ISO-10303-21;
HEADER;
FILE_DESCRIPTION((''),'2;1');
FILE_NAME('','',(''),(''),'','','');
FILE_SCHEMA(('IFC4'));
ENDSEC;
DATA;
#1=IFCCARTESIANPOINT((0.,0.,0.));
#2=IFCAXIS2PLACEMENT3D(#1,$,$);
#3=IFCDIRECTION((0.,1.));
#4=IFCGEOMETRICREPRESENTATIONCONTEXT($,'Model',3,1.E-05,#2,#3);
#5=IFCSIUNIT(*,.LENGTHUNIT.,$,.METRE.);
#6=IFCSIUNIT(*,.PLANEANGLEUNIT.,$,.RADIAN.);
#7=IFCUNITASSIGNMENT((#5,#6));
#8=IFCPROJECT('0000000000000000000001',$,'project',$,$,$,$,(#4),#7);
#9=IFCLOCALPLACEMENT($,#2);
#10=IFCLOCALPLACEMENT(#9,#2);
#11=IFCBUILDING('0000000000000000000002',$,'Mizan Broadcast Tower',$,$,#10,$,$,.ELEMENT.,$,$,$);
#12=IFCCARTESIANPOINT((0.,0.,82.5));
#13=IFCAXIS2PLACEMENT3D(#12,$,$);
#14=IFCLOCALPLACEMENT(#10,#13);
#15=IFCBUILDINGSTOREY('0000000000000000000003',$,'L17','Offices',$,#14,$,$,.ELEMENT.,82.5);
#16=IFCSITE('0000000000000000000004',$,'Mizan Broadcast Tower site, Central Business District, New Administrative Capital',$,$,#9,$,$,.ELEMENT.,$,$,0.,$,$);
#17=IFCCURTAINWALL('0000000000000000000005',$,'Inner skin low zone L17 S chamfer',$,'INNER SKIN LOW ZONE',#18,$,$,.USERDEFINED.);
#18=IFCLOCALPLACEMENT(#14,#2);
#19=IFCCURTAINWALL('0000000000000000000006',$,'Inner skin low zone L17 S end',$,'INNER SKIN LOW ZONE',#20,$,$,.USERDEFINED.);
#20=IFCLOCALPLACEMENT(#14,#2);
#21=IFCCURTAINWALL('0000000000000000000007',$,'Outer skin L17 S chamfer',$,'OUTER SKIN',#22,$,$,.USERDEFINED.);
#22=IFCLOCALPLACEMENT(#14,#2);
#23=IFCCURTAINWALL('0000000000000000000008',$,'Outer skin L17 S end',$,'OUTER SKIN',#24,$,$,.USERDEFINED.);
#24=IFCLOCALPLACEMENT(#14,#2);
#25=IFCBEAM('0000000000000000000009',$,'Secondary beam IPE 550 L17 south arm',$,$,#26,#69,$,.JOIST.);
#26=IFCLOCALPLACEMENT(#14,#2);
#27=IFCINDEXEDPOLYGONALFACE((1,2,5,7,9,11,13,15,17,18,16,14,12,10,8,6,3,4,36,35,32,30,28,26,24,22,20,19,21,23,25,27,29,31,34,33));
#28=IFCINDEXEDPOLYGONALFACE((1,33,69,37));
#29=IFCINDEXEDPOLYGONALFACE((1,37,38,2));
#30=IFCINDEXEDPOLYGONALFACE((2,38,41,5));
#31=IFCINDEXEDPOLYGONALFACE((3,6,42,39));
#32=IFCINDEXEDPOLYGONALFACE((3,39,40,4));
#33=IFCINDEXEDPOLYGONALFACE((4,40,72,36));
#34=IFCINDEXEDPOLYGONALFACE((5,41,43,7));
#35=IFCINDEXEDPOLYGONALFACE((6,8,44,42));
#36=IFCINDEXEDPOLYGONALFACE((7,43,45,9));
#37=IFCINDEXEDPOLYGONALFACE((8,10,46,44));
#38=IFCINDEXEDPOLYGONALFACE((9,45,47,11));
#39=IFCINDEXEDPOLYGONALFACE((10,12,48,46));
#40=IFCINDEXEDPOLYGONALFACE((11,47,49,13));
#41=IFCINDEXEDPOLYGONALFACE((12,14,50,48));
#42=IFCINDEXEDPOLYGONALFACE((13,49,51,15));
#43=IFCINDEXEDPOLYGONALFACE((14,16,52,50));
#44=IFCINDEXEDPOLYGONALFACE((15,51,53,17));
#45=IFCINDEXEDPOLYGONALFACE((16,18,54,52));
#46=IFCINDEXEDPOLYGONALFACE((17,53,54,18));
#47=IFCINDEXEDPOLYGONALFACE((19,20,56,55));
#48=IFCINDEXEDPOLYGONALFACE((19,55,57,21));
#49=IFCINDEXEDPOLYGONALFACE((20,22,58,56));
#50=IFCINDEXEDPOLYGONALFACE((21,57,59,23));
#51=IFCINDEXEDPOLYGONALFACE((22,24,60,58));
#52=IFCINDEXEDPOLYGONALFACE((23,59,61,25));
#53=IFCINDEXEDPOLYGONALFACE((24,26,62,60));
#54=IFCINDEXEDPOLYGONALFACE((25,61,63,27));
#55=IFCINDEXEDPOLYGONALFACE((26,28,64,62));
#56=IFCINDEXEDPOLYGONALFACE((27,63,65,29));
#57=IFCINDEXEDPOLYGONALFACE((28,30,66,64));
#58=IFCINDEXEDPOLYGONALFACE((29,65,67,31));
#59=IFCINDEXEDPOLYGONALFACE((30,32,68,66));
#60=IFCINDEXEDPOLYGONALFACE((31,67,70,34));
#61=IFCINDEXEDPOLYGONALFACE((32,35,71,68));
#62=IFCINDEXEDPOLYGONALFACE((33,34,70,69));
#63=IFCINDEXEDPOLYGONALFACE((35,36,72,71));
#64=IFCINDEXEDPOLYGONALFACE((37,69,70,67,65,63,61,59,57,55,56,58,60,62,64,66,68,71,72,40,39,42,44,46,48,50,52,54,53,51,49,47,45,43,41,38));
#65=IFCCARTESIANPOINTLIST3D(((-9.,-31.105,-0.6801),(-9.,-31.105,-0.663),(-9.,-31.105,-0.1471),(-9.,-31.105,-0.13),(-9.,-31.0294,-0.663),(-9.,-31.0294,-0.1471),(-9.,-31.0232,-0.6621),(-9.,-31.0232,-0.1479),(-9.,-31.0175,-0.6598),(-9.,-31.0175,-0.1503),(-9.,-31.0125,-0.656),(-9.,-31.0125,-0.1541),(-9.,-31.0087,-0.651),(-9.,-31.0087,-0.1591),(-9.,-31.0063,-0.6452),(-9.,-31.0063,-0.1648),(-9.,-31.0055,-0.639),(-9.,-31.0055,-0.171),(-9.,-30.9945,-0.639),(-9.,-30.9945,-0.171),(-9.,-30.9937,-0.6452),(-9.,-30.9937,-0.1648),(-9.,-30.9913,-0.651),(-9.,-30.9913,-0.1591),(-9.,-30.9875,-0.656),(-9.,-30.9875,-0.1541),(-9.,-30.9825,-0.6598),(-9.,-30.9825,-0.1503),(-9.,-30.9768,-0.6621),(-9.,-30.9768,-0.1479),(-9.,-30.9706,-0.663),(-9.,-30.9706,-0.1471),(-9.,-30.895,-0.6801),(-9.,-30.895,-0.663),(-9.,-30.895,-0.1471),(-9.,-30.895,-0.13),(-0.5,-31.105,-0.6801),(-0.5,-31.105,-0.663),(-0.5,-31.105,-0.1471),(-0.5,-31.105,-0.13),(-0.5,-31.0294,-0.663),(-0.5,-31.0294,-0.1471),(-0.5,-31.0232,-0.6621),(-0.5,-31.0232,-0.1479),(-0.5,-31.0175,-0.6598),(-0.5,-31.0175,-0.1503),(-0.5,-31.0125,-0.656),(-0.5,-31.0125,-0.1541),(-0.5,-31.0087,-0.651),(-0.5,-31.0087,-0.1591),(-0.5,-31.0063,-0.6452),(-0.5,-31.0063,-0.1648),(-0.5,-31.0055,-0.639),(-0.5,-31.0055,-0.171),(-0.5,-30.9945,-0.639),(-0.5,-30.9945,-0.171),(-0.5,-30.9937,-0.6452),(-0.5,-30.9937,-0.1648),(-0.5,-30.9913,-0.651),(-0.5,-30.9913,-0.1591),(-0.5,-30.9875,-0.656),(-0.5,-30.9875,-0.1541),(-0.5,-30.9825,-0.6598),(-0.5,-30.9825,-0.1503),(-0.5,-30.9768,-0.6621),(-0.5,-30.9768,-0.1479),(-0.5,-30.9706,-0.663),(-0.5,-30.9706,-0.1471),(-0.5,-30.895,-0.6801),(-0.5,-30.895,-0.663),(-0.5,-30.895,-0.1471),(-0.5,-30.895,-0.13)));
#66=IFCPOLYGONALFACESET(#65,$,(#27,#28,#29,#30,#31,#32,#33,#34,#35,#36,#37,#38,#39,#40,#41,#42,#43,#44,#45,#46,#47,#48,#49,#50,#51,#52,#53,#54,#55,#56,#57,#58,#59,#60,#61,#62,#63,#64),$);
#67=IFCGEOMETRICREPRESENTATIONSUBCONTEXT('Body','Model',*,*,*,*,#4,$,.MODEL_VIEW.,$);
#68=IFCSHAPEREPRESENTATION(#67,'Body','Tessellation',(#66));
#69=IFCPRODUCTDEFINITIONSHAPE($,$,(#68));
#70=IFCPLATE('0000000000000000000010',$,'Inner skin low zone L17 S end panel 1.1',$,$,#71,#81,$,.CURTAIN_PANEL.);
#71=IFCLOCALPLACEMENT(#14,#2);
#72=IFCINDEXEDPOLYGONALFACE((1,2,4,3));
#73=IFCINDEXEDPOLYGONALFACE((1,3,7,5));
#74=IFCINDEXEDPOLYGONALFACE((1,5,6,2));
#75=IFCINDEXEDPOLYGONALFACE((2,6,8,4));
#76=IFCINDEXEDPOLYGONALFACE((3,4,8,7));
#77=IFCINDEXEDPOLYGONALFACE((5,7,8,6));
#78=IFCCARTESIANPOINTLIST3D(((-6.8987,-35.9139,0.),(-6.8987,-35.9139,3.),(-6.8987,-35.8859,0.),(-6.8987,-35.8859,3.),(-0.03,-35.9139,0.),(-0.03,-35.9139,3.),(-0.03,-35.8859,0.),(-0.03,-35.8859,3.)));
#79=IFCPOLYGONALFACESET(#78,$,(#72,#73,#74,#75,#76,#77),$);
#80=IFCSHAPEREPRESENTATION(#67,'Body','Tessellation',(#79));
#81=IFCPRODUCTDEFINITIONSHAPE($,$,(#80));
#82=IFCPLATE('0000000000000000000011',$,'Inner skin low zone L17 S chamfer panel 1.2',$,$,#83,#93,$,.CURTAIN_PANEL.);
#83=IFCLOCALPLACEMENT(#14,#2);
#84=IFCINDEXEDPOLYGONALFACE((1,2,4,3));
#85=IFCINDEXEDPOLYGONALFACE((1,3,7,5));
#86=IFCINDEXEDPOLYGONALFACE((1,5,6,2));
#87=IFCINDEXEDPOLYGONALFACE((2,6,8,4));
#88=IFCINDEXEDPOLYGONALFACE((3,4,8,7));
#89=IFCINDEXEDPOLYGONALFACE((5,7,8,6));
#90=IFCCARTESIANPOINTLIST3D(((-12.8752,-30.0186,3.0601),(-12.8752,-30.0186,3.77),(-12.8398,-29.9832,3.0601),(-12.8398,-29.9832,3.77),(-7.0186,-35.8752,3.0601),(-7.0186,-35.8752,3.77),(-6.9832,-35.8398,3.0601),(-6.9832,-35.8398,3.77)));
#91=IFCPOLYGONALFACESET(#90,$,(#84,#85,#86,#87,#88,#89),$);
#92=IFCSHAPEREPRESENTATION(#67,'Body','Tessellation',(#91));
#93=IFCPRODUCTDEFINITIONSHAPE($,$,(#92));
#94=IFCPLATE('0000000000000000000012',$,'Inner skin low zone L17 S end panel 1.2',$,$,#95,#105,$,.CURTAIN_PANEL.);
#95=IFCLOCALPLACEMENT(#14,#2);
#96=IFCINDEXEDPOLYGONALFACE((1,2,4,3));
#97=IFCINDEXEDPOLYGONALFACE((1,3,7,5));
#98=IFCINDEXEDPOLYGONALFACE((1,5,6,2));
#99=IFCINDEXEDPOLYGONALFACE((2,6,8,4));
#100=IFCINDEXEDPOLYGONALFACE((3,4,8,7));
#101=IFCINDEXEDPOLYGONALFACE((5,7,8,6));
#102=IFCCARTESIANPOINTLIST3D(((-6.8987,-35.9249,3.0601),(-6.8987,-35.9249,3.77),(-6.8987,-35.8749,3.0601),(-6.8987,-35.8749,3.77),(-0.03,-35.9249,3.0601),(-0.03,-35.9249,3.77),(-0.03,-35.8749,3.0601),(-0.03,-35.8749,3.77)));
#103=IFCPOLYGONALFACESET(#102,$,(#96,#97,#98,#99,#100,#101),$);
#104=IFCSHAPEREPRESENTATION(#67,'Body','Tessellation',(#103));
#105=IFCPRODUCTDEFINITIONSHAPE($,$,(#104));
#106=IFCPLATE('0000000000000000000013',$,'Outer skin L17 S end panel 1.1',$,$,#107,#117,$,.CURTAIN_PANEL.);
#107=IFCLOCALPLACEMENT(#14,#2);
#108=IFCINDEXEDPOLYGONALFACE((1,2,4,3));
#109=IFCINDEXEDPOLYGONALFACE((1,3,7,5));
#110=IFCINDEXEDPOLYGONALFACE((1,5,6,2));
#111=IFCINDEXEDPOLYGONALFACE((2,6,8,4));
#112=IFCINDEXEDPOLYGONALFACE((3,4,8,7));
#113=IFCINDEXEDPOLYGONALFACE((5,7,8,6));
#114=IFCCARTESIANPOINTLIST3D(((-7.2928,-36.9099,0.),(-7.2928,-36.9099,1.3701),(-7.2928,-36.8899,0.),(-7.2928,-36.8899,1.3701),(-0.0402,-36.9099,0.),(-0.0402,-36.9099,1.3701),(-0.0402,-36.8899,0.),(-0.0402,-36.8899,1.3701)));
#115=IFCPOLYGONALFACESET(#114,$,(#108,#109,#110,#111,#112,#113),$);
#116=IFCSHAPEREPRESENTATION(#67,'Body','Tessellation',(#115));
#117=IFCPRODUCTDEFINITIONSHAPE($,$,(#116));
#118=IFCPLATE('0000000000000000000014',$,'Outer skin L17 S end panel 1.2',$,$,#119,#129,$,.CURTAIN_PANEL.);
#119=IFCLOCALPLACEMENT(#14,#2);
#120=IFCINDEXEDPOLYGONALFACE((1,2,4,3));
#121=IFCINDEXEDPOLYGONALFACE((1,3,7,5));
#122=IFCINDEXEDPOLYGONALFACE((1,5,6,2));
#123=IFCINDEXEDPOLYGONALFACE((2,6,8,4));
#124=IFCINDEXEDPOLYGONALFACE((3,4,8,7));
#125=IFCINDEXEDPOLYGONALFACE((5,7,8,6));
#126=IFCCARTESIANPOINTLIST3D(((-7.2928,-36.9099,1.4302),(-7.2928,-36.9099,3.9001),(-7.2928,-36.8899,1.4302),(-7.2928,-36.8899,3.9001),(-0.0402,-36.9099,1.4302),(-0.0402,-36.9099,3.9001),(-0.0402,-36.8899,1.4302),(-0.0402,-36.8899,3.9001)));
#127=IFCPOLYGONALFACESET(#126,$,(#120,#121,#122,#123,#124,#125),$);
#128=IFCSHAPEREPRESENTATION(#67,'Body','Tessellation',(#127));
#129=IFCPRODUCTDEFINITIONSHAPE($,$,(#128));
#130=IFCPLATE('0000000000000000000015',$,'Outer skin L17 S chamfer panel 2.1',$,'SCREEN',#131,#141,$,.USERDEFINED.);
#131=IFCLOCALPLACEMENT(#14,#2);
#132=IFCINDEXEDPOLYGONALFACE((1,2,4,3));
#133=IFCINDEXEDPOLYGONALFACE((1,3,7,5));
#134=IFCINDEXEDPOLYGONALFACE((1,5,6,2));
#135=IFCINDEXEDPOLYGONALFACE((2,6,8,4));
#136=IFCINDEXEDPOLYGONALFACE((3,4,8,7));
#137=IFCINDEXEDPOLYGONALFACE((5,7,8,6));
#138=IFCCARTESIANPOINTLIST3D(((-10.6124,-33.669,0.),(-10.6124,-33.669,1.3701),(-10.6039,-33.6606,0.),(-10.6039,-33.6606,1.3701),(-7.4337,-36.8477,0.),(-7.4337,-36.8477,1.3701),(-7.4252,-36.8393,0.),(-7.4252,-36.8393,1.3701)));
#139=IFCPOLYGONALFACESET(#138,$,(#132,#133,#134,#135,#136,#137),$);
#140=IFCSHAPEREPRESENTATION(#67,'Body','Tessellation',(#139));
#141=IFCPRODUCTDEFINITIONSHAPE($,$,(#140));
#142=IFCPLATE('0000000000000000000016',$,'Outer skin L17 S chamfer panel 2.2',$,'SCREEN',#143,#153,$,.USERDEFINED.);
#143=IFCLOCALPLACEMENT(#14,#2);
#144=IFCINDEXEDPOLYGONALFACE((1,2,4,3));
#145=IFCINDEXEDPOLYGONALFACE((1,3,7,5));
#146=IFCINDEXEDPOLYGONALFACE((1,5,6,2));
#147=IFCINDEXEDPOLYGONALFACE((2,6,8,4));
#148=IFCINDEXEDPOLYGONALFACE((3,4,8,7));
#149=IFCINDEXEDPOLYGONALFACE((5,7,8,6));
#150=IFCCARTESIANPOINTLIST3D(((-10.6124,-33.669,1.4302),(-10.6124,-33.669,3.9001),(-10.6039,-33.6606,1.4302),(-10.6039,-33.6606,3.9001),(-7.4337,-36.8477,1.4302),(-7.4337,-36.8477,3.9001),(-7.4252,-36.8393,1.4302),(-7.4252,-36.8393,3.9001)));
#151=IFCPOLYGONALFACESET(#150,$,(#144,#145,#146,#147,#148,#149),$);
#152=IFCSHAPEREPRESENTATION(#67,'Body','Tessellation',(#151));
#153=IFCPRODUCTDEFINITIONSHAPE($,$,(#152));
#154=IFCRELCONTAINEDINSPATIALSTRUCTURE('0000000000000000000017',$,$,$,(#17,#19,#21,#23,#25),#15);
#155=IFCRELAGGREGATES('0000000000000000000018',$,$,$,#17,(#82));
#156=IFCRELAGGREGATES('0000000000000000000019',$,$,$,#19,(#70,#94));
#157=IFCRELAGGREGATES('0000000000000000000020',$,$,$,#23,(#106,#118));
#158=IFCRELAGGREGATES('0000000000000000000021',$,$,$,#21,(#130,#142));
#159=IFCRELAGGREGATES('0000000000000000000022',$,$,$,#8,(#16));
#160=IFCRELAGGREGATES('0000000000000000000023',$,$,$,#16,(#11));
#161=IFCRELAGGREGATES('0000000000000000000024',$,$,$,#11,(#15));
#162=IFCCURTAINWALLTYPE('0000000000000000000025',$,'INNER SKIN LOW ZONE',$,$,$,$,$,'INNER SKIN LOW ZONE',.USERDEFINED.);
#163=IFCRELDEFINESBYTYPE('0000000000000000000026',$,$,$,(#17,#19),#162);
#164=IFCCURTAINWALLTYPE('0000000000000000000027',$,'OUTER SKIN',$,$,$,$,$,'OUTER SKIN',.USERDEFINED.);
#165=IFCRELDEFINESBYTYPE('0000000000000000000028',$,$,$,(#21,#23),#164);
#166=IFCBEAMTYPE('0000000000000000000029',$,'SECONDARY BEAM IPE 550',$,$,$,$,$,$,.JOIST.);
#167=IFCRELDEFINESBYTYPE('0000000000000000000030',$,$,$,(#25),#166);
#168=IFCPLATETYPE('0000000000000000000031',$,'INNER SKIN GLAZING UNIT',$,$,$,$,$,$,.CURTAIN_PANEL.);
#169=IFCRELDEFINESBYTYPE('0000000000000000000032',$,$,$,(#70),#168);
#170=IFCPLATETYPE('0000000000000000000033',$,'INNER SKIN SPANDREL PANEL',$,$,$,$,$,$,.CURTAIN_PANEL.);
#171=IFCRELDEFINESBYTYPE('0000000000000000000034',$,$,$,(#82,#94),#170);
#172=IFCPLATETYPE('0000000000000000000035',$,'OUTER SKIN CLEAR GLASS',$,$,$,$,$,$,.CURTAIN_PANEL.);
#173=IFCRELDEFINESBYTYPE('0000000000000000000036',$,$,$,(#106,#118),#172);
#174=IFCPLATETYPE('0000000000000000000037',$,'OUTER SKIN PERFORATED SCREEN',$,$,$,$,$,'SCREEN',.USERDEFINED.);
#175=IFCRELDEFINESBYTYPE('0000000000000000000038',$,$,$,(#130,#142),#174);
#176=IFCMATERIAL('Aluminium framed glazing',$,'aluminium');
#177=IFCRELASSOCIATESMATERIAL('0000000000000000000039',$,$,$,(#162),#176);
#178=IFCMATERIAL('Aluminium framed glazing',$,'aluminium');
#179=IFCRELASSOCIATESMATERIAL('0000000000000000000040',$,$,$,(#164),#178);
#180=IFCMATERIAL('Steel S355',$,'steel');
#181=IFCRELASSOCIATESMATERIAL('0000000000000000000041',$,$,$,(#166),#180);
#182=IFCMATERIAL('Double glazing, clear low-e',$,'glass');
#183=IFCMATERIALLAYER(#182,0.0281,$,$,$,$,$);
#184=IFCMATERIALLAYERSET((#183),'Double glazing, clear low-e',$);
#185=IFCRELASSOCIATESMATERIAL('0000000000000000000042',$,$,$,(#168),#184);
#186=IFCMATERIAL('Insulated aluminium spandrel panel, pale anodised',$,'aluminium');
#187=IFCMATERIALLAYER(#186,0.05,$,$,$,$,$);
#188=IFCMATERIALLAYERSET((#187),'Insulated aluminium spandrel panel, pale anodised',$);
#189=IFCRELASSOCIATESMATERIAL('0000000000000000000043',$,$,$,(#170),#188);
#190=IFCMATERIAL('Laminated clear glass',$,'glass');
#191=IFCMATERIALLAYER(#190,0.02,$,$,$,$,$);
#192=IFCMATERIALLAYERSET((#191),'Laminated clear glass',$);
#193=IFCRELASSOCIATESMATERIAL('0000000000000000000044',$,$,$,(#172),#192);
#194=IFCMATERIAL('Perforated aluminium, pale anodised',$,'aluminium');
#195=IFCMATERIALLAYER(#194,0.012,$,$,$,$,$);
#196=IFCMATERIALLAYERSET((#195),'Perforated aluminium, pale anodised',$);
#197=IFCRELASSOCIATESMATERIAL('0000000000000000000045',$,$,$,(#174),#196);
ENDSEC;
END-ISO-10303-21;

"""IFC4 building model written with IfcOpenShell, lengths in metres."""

from ifc_helpers import new_model, si_unit, direction, frame, origin, origin_2d, place, context, subcontext, project, spatial, rectangle, i_section, extrude, material, layer, layer_set, material_profile, profile_set, type_object, element, aggregate, save


model = new_model("IFC4")

# Units and contexts
model_context = context("Model", 3, precision=1e-05, world=origin(), true_north=direction((0.0, 1.0)))
body_context = subcontext(model_context, "Body", "Model", "MODEL_VIEW")
ifc_project = project(units=[si_unit("LENGTHUNIT", "METRE"), si_unit("PLANEANGLEUNIT", "RADIAN")], contexts=[model_context])

# Site, building, storey
site_placement = place(None, origin())
site = spatial("IfcSite", under=ifc_project, at=site_placement, Name="Mizan Broadcast Tower site, Central Business District, New Administrative Capital", CompositionType="ELEMENT", RefElevation=0.0)
building_placement = place(site_placement, origin())
building = spatial("IfcBuilding", under=site, at=building_placement, Name="Mizan Broadcast Tower", CompositionType="ELEMENT")
storey_placement = place(building_placement, frame((0.0, 0.0, 82.5)))
storey = spatial("IfcBuildingStorey", under=building, at=storey_placement, Name="L17", Description="Offices", CompositionType="ELEMENT", Elevation=82.5)

# Curtain walls
ifc_material_1 = material(Name="Aluminium framed glazing", Category="aluminium")
curtain_wall_type_1 = type_object("IfcCurtainWallType", Name="INNER SKIN LOW ZONE", ElementType="INNER SKIN LOW ZONE", PredefinedType="USERDEFINED", material=ifc_material_1)
curtain_wall_1_placement = place(storey_placement, origin())
curtain_wall_1 = element("IfcCurtainWall", 1, at=curtain_wall_1_placement, inside=storey, type_object=curtain_wall_type_1, Name="Inner skin low zone L17 S chamfer", ObjectType="INNER SKIN LOW ZONE", PredefinedType="USERDEFINED")
curtain_wall_2_placement = place(storey_placement, origin())
curtain_wall_2 = element("IfcCurtainWall", 2, at=curtain_wall_2_placement, inside=storey, type_object=curtain_wall_type_1, Name="Inner skin low zone L17 S end", ObjectType="INNER SKIN LOW ZONE", PredefinedType="USERDEFINED")
ifc_material_2 = material(Name="Aluminium framed glazing", Category="aluminium")
curtain_wall_type_2 = type_object("IfcCurtainWallType", Name="OUTER SKIN", ElementType="OUTER SKIN", PredefinedType="USERDEFINED", material=ifc_material_2)
curtain_wall_3_placement = place(storey_placement, origin())
curtain_wall_3 = element("IfcCurtainWall", 3, at=curtain_wall_3_placement, inside=storey, type_object=curtain_wall_type_2, Name="Outer skin L17 S chamfer", ObjectType="OUTER SKIN", PredefinedType="USERDEFINED")
curtain_wall_4_placement = place(storey_placement, origin())
curtain_wall_4 = element("IfcCurtainWall", 4, at=curtain_wall_4_placement, inside=storey, type_object=curtain_wall_type_2, Name="Outer skin L17 S end", ObjectType="OUTER SKIN", PredefinedType="USERDEFINED")

# Beam
ifc_material_3 = material(Name="Steel S355", Category="steel")
ifc_material_profile_1 = material_profile(ifc_material_3, i_section(OverallWidth=0.21, OverallDepth=0.55, WebThickness=0.011, FlangeThickness=0.0171, FilletRadius=0.0239, at=origin_2d()), Name="IPE 550")
ifc_profile_set_1 = profile_set([ifc_material_profile_1], Name="Steel S355")
beam_type_1 = type_object("IfcBeamType", Name="SECONDARY BEAM IPE 550", PredefinedType="JOIST", material=ifc_profile_set_1)
beam_1_placement = place(storey_placement, frame((-9.0, -31.0, -0.405), z_axis=(1.0, 0.0, 0.0), x_axis=(0.0, 1.0, 0.0)))
element("IfcBeam", 5, at=beam_1_placement, inside=storey, type_object=beam_type_1, Name="Secondary beam IPE 550 L17 south arm", PredefinedType="JOIST", context=body_context, shape_type="SweptSolid", body=[
    extrude(i_section(OverallWidth=0.21, OverallDepth=0.55, WebThickness=0.011, FlangeThickness=0.0171, FilletRadius=0.0239, at=origin_2d()), origin(), (0.0, 0.0, 1.0), 8.5),
])

# Plates
ifc_material_4 = material(Name="Double glazing, clear low-e", Category="glass")
ifc_layer_1 = layer(ifc_material_4, 0.0281)
ifc_layer_set_1 = layer_set([ifc_layer_1], Name="Double glazing, clear low-e")
plate_type_1 = type_object("IfcPlateType", Name="INNER SKIN GLAZING UNIT", PredefinedType="CURTAIN_PANEL", material=ifc_layer_set_1)
plate_1_placement = place(storey_placement, frame((-3.4644, -35.8999, 0.0), z_axis=(0.0, 0.0, 1.0), x_axis=(1.0, 0.0, 0.0)))
plate_1 = element("IfcPlate", 6, at=plate_1_placement, type_object=plate_type_1, Name="Inner skin low zone L17 S end panel 1.1", PredefinedType="CURTAIN_PANEL", context=body_context, shape_type="SweptSolid", body=[
    extrude(rectangle(XDim=6.8687, YDim=0.0281, at=origin_2d()), origin(), (0.0, 0.0, 1.0), 3.0),
])
ifc_material_5 = material(Name="Insulated aluminium spandrel panel, pale anodised", Category="aluminium")
ifc_layer_2 = layer(ifc_material_5, 0.05)
ifc_layer_set_2 = layer_set([ifc_layer_2], Name="Insulated aluminium spandrel panel, pale anodised")
plate_type_2 = type_object("IfcPlateType", Name="INNER SKIN SPANDREL PANEL", PredefinedType="CURTAIN_PANEL", material=ifc_layer_set_2)
plate_2_placement = place(storey_placement, frame((-9.9292, -32.9292, 3.0601), z_axis=(0.0, 0.0, 1.0), x_axis=(0.707107, -0.707107, 0.0)))
plate_2 = element("IfcPlate", 7, at=plate_2_placement, type_object=plate_type_2, Name="Inner skin low zone L17 S chamfer panel 1.2", PredefinedType="CURTAIN_PANEL", context=body_context, shape_type="SweptSolid", body=[
    extrude(rectangle(XDim=8.2825, YDim=0.05, at=origin_2d()), origin(), (0.0, 0.0, 1.0), 0.71),
])
aggregate(curtain_wall_1, [plate_2])
plate_3_placement = place(storey_placement, frame((-3.4644, -35.8999, 3.0601), z_axis=(0.0, 0.0, 1.0), x_axis=(1.0, 0.0, 0.0)))
plate_3 = element("IfcPlate", 8, at=plate_3_placement, type_object=plate_type_2, Name="Inner skin low zone L17 S end panel 1.2", PredefinedType="CURTAIN_PANEL", context=body_context, shape_type="SweptSolid", body=[
    extrude(rectangle(XDim=6.8687, YDim=0.05, at=origin_2d()), origin(), (0.0, 0.0, 1.0), 0.71),
])
aggregate(curtain_wall_2, [plate_1, plate_3])
ifc_material_6 = material(Name="Laminated clear glass", Category="glass")
ifc_layer_3 = layer(ifc_material_6, 0.02)
ifc_layer_set_3 = layer_set([ifc_layer_3], Name="Laminated clear glass")
plate_type_3 = type_object("IfcPlateType", Name="OUTER SKIN CLEAR GLASS", PredefinedType="CURTAIN_PANEL", material=ifc_layer_set_3)
plate_4_placement = place(storey_placement, frame((-3.6665, -36.8999, 0.0), z_axis=(0.0, 0.0, 1.0), x_axis=(1.0, 0.0, 0.0)))
plate_4 = element("IfcPlate", 9, at=plate_4_placement, type_object=plate_type_3, Name="Outer skin L17 S end panel 1.1", PredefinedType="CURTAIN_PANEL", context=body_context, shape_type="SweptSolid", body=[
    extrude(rectangle(XDim=7.2527, YDim=0.02, at=origin_2d()), origin(), (0.0, 0.0, 1.0), 1.3701),
])
plate_5_placement = place(storey_placement, frame((-3.6665, -36.8999, 1.4302), z_axis=(0.0, 0.0, 1.0), x_axis=(1.0, 0.0, 0.0)))
plate_5 = element("IfcPlate", 10, at=plate_5_placement, type_object=plate_type_3, Name="Outer skin L17 S end panel 1.2", PredefinedType="CURTAIN_PANEL", context=body_context, shape_type="SweptSolid", body=[
    extrude(rectangle(XDim=7.2527, YDim=0.02, at=origin_2d()), origin(), (0.0, 0.0, 1.0), 2.47),
])
aggregate(curtain_wall_4, [plate_4, plate_5])
ifc_material_7 = material(Name="Perforated aluminium, pale anodised", Category="aluminium")
ifc_layer_4 = layer(ifc_material_7, 0.012)
ifc_layer_set_4 = layer_set([ifc_layer_4], Name="Perforated aluminium, pale anodised")
plate_type_4 = type_object("IfcPlateType", Name="OUTER SKIN PERFORATED SCREEN", ElementType="SCREEN", PredefinedType="USERDEFINED", material=ifc_layer_set_4)
plate_6_placement = place(storey_placement, frame((-9.0188, -35.2542, 0.0), z_axis=(0.0, 0.0, 1.0), x_axis=(0.707107, -0.707107, 0.0)))
plate_6 = element("IfcPlate", 11, at=plate_6_placement, type_object=plate_type_4, Name="Outer skin L17 S chamfer panel 2.1", ObjectType="SCREEN", PredefinedType="USERDEFINED", context=body_context, shape_type="SweptSolid", body=[
    extrude(rectangle(XDim=4.4954, YDim=0.012, at=origin_2d()), origin(), (0.0, 0.0, 1.0), 1.3701),
])
plate_7_placement = place(storey_placement, frame((-9.0188, -35.2542, 1.4302), z_axis=(0.0, 0.0, 1.0), x_axis=(0.707107, -0.707107, 0.0)))
plate_7 = element("IfcPlate", 12, at=plate_7_placement, type_object=plate_type_4, Name="Outer skin L17 S chamfer panel 2.2", ObjectType="SCREEN", PredefinedType="USERDEFINED", context=body_context, shape_type="SweptSolid", body=[
    extrude(rectangle(XDim=4.4954, YDim=0.012, at=origin_2d()), origin(), (0.0, 0.0, 1.0), 2.47),
])
aggregate(curtain_wall_3, [plate_6, plate_7])

save(model, "model.ifc")
